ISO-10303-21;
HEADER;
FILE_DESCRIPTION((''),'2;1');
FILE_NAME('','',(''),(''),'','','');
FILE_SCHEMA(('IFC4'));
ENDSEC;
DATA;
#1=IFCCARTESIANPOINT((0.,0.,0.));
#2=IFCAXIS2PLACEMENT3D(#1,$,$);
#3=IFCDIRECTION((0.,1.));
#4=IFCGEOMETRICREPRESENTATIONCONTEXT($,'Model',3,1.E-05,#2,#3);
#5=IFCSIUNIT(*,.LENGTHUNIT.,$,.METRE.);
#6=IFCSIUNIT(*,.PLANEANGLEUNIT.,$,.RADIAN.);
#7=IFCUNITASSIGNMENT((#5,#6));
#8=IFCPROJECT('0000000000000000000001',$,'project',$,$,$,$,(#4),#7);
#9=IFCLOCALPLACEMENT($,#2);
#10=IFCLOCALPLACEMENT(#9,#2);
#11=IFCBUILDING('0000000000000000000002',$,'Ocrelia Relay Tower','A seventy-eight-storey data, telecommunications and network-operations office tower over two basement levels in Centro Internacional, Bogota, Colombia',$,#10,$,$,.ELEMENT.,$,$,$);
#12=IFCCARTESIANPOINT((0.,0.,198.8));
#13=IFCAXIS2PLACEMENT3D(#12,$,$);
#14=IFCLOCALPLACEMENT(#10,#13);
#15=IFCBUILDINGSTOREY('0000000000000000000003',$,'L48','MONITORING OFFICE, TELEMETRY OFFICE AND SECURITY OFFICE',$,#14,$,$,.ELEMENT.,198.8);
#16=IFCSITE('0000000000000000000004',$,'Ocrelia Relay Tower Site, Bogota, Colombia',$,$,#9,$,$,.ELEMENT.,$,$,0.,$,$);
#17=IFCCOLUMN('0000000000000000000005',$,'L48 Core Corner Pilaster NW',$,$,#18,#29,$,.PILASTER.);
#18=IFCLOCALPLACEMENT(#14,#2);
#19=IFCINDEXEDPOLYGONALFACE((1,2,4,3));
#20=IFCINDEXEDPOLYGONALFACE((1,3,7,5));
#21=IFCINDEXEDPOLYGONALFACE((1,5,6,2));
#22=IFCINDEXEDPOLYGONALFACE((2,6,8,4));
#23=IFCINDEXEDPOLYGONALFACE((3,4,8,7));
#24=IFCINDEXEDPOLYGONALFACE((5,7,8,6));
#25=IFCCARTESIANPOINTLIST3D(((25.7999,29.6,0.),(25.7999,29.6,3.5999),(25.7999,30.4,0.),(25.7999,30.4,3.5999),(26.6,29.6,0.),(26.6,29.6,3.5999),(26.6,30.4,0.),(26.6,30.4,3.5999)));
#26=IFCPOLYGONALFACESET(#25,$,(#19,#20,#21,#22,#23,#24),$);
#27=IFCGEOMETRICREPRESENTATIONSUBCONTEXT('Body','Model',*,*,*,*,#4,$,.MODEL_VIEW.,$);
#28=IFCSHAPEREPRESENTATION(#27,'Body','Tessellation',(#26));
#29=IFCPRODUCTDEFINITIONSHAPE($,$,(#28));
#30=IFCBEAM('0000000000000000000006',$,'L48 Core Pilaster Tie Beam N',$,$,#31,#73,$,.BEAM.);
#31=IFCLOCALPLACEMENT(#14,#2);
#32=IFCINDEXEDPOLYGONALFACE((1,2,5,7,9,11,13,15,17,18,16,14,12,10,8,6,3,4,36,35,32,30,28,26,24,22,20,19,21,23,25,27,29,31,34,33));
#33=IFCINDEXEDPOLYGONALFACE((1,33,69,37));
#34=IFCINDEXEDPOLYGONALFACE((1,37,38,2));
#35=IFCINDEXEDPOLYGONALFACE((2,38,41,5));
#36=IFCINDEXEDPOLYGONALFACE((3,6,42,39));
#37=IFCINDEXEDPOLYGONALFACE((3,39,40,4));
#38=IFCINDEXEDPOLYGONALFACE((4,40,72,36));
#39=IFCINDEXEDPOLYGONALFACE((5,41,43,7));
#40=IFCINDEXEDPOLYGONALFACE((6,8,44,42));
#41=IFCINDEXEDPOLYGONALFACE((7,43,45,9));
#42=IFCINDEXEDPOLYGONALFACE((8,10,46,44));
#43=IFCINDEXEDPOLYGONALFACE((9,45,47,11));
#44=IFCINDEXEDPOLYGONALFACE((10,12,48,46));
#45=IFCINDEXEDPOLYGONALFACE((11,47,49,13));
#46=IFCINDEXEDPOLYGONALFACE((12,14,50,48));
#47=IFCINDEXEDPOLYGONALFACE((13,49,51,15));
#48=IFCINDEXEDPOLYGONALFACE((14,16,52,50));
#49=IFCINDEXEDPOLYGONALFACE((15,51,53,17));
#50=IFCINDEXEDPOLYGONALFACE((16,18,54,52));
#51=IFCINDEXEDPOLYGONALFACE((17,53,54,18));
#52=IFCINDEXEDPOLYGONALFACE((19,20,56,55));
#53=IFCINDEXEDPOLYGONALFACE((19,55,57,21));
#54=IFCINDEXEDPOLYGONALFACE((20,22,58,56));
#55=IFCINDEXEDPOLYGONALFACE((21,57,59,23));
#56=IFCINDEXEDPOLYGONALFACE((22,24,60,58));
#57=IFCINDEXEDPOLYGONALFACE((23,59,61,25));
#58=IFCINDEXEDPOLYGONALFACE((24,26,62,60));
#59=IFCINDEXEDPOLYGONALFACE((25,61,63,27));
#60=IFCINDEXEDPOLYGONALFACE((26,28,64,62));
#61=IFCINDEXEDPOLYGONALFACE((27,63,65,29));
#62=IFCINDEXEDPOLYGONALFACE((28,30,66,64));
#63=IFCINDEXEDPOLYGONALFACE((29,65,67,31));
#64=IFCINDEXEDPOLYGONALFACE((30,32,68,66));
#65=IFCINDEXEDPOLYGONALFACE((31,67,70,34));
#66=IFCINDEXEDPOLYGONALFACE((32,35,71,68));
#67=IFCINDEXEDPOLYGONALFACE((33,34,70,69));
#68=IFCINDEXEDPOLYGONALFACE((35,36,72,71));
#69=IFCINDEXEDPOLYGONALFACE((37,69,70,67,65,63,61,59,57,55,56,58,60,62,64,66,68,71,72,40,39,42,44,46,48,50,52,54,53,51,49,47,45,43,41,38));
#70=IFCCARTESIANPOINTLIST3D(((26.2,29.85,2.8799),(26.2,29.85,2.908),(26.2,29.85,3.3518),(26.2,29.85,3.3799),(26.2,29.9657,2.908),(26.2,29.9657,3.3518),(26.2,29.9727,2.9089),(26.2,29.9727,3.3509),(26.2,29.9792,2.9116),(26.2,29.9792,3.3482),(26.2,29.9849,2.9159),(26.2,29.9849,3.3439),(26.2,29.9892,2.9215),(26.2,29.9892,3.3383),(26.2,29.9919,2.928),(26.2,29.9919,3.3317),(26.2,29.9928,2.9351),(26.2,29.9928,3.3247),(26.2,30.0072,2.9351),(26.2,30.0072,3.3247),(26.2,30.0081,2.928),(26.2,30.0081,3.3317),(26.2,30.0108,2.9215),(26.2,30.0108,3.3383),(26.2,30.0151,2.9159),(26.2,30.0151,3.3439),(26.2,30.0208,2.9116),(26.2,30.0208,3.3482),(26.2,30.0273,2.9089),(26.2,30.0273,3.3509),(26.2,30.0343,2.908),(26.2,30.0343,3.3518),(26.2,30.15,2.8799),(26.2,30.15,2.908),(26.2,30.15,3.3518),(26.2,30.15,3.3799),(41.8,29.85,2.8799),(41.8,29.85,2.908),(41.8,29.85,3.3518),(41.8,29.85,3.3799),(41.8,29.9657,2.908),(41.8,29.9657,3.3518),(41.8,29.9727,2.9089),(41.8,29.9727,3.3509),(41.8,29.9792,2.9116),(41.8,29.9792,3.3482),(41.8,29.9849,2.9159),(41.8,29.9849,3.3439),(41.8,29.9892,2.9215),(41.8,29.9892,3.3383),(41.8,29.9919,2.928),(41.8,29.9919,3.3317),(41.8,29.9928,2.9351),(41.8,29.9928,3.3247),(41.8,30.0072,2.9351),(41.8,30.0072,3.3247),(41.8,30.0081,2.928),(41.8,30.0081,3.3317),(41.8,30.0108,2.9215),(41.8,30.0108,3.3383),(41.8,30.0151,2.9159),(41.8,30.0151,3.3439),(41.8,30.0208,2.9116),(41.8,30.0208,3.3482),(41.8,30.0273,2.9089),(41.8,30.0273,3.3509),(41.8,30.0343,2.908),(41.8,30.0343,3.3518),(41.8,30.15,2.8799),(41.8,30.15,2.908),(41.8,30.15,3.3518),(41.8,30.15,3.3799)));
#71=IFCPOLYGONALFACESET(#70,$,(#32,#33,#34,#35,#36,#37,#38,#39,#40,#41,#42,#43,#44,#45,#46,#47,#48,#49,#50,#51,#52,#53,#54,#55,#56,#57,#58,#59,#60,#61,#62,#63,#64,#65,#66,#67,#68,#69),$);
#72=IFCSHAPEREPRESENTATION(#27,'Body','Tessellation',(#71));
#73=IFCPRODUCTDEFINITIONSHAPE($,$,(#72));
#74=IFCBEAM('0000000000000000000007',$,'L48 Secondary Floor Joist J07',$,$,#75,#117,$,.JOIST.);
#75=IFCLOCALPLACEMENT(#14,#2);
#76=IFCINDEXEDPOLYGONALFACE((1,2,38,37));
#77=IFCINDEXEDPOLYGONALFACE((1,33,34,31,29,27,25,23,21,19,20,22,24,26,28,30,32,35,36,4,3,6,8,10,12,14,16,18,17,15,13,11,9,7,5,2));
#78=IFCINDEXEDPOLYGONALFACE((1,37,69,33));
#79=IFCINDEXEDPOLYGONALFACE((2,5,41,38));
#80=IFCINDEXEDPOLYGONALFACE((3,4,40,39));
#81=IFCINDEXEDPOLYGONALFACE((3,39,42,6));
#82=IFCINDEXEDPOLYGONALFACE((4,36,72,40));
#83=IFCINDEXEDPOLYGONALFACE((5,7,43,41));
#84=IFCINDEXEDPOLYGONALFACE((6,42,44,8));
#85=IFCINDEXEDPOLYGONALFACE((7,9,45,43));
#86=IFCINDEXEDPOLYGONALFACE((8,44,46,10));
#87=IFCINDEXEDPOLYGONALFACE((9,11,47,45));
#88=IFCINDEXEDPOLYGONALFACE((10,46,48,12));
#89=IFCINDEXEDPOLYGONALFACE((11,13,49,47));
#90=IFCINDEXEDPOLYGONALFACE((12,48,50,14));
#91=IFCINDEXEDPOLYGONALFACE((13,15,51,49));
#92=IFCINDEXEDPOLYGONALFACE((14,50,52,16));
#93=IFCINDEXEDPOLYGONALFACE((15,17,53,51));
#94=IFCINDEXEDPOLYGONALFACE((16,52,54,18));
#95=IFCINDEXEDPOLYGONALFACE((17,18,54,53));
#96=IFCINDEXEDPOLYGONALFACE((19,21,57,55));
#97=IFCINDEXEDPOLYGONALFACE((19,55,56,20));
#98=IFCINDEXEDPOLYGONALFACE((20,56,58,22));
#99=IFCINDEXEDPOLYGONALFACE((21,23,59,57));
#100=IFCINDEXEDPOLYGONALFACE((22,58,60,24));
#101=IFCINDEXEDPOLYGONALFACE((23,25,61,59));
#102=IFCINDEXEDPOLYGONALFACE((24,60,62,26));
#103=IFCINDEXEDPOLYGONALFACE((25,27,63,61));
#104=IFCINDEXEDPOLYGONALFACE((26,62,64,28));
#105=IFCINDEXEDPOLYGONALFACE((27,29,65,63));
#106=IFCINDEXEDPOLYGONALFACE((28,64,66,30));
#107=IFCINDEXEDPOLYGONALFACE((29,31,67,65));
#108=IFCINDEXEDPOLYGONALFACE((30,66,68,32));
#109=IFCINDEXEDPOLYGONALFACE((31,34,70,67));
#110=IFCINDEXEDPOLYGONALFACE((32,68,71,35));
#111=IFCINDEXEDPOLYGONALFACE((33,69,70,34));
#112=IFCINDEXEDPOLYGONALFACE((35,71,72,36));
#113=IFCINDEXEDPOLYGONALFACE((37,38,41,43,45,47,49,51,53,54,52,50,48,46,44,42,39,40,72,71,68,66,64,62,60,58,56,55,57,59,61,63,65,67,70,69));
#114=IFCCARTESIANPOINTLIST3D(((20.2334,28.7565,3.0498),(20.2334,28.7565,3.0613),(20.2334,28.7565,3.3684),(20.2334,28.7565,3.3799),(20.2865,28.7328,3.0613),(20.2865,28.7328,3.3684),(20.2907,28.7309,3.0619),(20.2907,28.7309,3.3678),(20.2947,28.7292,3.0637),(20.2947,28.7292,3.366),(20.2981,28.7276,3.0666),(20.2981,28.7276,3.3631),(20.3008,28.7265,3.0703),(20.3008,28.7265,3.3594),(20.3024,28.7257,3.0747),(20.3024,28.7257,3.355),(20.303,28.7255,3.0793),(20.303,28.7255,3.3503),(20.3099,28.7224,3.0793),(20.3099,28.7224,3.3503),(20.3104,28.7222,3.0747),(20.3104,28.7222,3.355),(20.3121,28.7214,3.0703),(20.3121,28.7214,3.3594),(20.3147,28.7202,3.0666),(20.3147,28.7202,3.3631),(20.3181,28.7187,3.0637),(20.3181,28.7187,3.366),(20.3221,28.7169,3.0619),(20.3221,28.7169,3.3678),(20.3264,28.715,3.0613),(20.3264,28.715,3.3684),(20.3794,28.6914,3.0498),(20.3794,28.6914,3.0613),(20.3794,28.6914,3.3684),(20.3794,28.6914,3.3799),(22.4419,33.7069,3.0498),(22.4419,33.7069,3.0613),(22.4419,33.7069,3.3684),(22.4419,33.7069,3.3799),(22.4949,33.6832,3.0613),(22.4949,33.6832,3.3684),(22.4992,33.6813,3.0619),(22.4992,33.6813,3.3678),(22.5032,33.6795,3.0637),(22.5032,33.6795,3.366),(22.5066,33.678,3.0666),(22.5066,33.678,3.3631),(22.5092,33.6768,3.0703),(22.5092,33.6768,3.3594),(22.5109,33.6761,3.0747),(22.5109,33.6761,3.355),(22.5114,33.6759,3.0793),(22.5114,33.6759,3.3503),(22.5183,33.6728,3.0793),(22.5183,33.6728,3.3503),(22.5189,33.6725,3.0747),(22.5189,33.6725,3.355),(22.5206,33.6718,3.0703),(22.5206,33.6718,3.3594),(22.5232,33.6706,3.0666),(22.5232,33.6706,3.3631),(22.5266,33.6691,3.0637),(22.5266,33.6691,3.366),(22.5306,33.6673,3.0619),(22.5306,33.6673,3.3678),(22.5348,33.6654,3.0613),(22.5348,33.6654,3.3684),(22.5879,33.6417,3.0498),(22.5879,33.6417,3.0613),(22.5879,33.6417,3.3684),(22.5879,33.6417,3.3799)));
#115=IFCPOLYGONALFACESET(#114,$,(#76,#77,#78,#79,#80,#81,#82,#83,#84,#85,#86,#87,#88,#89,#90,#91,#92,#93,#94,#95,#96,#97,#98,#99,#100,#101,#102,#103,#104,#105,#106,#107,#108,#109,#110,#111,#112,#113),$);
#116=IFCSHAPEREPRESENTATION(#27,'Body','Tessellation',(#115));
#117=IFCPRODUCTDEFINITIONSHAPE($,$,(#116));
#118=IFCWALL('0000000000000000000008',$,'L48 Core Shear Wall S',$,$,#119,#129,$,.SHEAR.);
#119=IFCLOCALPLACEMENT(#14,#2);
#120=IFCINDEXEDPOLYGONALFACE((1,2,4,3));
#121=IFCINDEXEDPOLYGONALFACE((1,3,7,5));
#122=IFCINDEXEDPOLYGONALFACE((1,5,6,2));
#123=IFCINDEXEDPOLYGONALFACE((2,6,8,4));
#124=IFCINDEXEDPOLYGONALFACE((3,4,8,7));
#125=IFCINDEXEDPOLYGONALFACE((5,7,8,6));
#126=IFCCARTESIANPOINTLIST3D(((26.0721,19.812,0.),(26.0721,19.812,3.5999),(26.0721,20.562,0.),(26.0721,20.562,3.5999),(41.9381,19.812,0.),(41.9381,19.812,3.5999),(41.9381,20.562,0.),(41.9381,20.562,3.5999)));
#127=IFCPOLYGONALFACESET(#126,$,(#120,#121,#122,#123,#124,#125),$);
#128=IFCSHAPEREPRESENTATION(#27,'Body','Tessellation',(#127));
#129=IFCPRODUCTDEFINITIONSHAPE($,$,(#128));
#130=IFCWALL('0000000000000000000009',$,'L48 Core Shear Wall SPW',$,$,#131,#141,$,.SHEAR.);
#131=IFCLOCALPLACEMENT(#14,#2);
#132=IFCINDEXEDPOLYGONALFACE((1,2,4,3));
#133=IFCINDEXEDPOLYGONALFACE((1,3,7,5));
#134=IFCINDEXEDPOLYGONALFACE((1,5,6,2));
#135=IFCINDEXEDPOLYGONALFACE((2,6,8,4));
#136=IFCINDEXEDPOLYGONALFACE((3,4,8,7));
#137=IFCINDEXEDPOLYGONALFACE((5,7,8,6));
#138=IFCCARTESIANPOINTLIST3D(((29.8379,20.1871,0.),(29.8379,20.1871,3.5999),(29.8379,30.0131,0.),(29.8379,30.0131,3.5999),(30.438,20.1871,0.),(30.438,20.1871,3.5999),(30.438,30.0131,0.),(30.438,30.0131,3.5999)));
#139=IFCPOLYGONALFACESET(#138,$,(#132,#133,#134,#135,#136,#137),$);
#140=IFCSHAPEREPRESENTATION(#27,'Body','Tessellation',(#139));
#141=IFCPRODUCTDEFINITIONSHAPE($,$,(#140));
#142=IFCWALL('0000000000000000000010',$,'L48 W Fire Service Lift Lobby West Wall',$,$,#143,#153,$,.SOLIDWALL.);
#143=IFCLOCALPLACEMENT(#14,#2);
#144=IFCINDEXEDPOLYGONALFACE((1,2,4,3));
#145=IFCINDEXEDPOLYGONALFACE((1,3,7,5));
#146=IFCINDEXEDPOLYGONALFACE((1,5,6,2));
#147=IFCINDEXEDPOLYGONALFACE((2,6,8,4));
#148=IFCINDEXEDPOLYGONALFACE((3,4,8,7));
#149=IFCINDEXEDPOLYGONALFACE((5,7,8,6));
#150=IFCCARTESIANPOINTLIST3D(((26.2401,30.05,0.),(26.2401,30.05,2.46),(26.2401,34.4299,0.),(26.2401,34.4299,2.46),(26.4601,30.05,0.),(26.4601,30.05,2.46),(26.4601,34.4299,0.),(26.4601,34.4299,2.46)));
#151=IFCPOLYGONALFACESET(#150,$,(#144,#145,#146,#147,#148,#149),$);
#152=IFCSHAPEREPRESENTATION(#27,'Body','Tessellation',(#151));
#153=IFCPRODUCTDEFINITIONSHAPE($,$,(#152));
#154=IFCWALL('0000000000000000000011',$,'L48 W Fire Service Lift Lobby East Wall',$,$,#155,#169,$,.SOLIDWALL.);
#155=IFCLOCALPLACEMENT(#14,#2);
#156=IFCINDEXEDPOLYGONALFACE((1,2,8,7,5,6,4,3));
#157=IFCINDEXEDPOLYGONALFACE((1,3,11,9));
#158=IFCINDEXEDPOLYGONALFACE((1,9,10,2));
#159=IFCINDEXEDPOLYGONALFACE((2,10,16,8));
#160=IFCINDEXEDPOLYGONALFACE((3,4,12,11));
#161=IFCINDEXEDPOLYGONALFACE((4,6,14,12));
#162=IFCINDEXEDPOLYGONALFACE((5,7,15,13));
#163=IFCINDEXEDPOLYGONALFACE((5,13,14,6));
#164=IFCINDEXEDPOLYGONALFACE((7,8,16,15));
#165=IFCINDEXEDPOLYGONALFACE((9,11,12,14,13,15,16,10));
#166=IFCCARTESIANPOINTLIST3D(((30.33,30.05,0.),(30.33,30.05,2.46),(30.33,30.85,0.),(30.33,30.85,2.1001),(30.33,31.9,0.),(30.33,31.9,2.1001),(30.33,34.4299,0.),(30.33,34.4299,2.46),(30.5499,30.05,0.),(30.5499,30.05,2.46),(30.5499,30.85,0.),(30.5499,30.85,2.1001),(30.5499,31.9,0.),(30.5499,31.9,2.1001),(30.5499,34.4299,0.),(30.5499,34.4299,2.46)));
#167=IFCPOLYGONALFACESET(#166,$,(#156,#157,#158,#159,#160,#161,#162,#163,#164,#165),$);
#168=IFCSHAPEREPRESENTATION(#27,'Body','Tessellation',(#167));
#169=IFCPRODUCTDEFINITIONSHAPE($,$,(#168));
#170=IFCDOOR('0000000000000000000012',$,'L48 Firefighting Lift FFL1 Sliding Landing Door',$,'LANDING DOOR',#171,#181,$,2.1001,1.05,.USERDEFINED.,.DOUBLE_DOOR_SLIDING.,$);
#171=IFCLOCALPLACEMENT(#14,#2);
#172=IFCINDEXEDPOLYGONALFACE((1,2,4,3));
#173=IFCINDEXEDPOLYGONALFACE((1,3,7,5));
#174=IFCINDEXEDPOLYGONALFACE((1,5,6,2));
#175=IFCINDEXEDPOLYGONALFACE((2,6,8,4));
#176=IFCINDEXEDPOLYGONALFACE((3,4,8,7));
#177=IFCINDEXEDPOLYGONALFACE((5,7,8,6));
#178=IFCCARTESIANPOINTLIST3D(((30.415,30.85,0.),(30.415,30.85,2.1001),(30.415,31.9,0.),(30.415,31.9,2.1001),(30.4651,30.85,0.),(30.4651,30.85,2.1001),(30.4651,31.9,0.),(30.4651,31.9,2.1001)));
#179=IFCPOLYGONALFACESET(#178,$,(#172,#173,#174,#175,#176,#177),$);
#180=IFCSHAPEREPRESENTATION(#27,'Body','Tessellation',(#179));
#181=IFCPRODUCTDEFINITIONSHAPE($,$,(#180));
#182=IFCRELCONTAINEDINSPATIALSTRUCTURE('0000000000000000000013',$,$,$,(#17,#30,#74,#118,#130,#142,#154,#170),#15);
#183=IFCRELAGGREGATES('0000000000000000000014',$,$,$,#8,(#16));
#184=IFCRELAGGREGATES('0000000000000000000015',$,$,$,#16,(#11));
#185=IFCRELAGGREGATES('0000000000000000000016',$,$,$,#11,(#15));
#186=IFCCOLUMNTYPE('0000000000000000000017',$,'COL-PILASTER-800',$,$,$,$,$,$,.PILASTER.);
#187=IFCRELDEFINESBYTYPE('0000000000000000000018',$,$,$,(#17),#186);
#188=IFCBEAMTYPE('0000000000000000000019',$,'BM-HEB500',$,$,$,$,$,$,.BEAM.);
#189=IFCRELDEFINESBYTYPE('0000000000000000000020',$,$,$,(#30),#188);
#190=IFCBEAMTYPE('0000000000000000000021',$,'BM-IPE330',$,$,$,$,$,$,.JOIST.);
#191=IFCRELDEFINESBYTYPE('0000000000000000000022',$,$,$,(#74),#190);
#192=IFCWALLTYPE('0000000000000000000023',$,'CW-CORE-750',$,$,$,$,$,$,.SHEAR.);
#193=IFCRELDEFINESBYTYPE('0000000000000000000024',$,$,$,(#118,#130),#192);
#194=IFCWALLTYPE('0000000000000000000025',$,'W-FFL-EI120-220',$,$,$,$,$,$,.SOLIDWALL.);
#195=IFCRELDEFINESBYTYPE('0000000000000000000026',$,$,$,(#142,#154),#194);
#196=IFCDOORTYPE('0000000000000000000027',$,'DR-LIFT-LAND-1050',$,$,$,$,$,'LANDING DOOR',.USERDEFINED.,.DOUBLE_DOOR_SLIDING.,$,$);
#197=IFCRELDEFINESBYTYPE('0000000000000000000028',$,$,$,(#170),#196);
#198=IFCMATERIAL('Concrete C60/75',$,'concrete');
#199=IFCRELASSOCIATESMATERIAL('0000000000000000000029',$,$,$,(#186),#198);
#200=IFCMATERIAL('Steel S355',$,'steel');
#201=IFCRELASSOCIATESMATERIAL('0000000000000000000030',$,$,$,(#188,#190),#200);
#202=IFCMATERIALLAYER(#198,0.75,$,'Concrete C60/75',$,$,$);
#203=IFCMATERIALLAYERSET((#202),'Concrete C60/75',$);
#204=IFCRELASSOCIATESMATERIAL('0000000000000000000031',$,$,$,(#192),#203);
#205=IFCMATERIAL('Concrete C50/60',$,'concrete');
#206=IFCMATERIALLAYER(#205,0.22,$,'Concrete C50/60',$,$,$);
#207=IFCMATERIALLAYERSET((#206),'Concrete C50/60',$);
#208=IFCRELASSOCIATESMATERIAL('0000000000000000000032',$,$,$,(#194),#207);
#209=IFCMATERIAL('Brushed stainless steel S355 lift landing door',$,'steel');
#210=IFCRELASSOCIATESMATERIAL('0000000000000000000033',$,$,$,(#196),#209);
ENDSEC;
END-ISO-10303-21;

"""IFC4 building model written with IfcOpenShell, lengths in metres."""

from ifc_helpers import new_model, si_unit, direction, frame, frame_2d, origin, origin_2d, place, context, subcontext, project, spatial, rectangle, i_section, extrude, material, layer, layer_set, material_profile, profile_set, type_object, element, fill, save


model = new_model("IFC4")

# Units and contexts
model_context = context("Model", 3, precision=1e-05, world=origin(), true_north=direction((0.0, 1.0)))
body_context = subcontext(model_context, "Body", "Model", "MODEL_VIEW")
ifc_project = project(units=[si_unit("LENGTHUNIT", "METRE"), si_unit("PLANEANGLEUNIT", "RADIAN")], contexts=[model_context])

# Site, building, storey
site_placement = place(None, origin())
site = spatial("IfcSite", under=ifc_project, at=site_placement, Name="Ocrelia Relay Tower Site, Bogota, Colombia", CompositionType="ELEMENT", RefElevation=0.0)
building_placement = place(site_placement, origin())
building = spatial("IfcBuilding", under=site, at=building_placement, Name="Ocrelia Relay Tower", Description="A seventy-eight-storey data, telecommunications and network-operations office tower over two basement levels in Centro Internacional, Bogota, Colombia", CompositionType="ELEMENT")
storey_placement = place(building_placement, frame((0.0, 0.0, 198.8)))
storey = spatial("IfcBuildingStorey", under=building, at=storey_placement, Name="L48", Description="MONITORING OFFICE, TELEMETRY OFFICE AND SECURITY OFFICE", CompositionType="ELEMENT", Elevation=198.8)

# Column
ifc_material_1 = material(Name="Concrete C60/75", Category="concrete")
ifc_material_profile_1 = material_profile(ifc_material_1, rectangle(XDim=0.8, YDim=0.8, at=origin_2d()), Name="RC-COL-800x800")
ifc_profile_set_1 = profile_set([ifc_material_profile_1], Name="Concrete C60/75")
column_type = type_object("IfcColumnType", Name="COL-PILASTER-800", PredefinedType="PILASTER", material=ifc_profile_set_1)
column_placement = place(storey_placement, frame((26.2, 30.0, 0.0), z_axis=(0.0, 0.0, 1.0), x_axis=(1.0, 0.0, 0.0)))
element("IfcColumn", 1, at=column_placement, inside=storey, type_object=column_type, Name="L48 Core Corner Pilaster NW", PredefinedType="PILASTER", context=body_context, shape_type="SweptSolid", body=[
    extrude(rectangle(XDim=0.8, YDim=0.8, at=origin_2d()), origin(), (0.0, 0.0, 1.0), 3.5999),
])

# Beams
ifc_material_2 = material(Name="Steel S355", Category="steel")
ifc_material_profile_2 = material_profile(ifc_material_2, i_section(OverallWidth=0.3, OverallDepth=0.5, WebThickness=0.0144, FlangeThickness=0.0281, FilletRadius=0.0271, at=origin_2d()), Name="HEB 500")
ifc_profile_set_2 = profile_set([ifc_material_profile_2], Name="Steel S355")
beam_type_1 = type_object("IfcBeamType", Name="BM-HEB500", PredefinedType="BEAM", material=ifc_profile_set_2)
beam_1_placement = place(storey_placement, frame((26.2, 30.0, 3.1299), z_axis=(1.0, 0.0, 0.0), x_axis=(0.0, 1.0, 0.0)))
element("IfcBeam", 2, at=beam_1_placement, inside=storey, type_object=beam_type_1, Name="L48 Core Pilaster Tie Beam N", PredefinedType="BEAM", context=body_context, shape_type="SweptSolid", body=[
    extrude(i_section(OverallWidth=0.3, OverallDepth=0.5, WebThickness=0.0144, FlangeThickness=0.0281, FilletRadius=0.0271, at=origin_2d()), origin(), (0.0, 0.0, 1.0), 15.6001),
])
ifc_material_profile_3 = material_profile(ifc_material_2, i_section(OverallWidth=0.1599, OverallDepth=0.3301, WebThickness=0.0076, FlangeThickness=0.0115, FilletRadius=0.0181, at=origin_2d()), Name="IPE 330")
ifc_profile_set_3 = profile_set([ifc_material_profile_3], Name="Steel S355")
beam_type_2 = type_object("IfcBeamType", Name="BM-IPE330", PredefinedType="JOIST", material=ifc_profile_set_3)
beam_2_placement = place(storey_placement, frame((22.5149, 33.6743, 3.2148), z_axis=(-0.407417, -0.913242, 0.0), x_axis=(0.913242, -0.407417, 0.0)))
element("IfcBeam", 3, at=beam_2_placement, inside=storey, type_object=beam_type_2, Name="L48 Secondary Floor Joist J07", PredefinedType="JOIST", context=body_context, shape_type="SweptSolid", body=[
    extrude(i_section(OverallWidth=0.1599, OverallDepth=0.3301, WebThickness=0.0076, FlangeThickness=0.0115, FilletRadius=0.0181, at=origin_2d()), origin(), (0.0, 0.0, 1.0), 5.4207),
])

# Wall
ifc_layer_1 = layer(ifc_material_1, 0.75, Name="Concrete C60/75")
ifc_layer_set_1 = layer_set([ifc_layer_1], Name="Concrete C60/75")
wall_type_1 = type_object("IfcWallType", Name="CW-CORE-750", PredefinedType="SHEAR", material=ifc_layer_set_1)
wall_1_placement = place(storey_placement, frame((26.072, 20.187, 0.0), z_axis=(0.0, 0.0, 1.0), x_axis=(1.0, 0.0, 0.0)))
element("IfcWall", 4, at=wall_1_placement, inside=storey, type_object=wall_type_1, Name="L48 Core Shear Wall S", PredefinedType="SHEAR", context=body_context, shape_type="SweptSolid", body=[
    extrude(rectangle(XDim=15.866, YDim=0.75, at=frame_2d((7.9331, 0.0))), origin(), (0.0, 0.0, 1.0), 3.5999),
])

# Wall
wall_2_placement = place(storey_placement, frame((30.1379, 20.187, 0.0), z_axis=(0.0, 0.0, 1.0), x_axis=(0.0, 1.0, 0.0)))
element("IfcWall", 5, at=wall_2_placement, inside=storey, type_object=wall_type_1, Name="L48 Core Shear Wall SPW", PredefinedType="SHEAR", context=body_context, shape_type="SweptSolid", body=[
    extrude(rectangle(XDim=9.8259, YDim=0.6001, at=frame_2d((4.9131, 0.0))), origin(), (0.0, 0.0, 1.0), 3.5999),
])

# Wall
ifc_material_3 = material(Name="Concrete C50/60", Category="concrete")
ifc_layer_2 = layer(ifc_material_3, 0.22, Name="Concrete C50/60")
ifc_layer_set_2 = layer_set([ifc_layer_2], Name="Concrete C50/60")
wall_type_2 = type_object("IfcWallType", Name="W-FFL-EI120-220", PredefinedType="SOLIDWALL", material=ifc_layer_set_2)
wall_3_placement = place(storey_placement, frame((26.3501, 30.05, 0.0), z_axis=(0.0, 0.0, 1.0), x_axis=(0.0, 1.0, 0.0)))
element("IfcWall", 6, at=wall_3_placement, inside=storey, type_object=wall_type_2, Name="L48 W Fire Service Lift Lobby West Wall", PredefinedType="SOLIDWALL", context=body_context, shape_type="SweptSolid", body=[
    extrude(rectangle(XDim=4.3799, YDim=0.22, at=frame_2d((2.1899, 0.0))), origin(), (0.0, 0.0, 1.0), 2.46),
])

# Wall, opening, door
wall_4_placement = place(storey_placement, frame((30.4399, 30.05, 0.0), z_axis=(0.0, 0.0, 1.0), x_axis=(0.0, 1.0, 0.0)))
wall_4 = element("IfcWall", 7, at=wall_4_placement, inside=storey, type_object=wall_type_2, Name="L48 W Fire Service Lift Lobby East Wall", PredefinedType="SOLIDWALL", context=body_context, shape_type="SweptSolid", body=[
    extrude(rectangle(XDim=4.3799, YDim=0.22, at=frame_2d((2.1899, 0.0))), origin(), (0.0, 0.0, 1.0), 2.46),
])
opening_1_placement = place(wall_4_placement, frame((0.8, 0.0, 0.0)))
opening_1 = element("IfcOpeningElement", 8, at=opening_1_placement, cuts=wall_4, PredefinedType="OPENING", context=body_context, shape_type="SweptSolid", body=[
    extrude(rectangle(XDim=1.05, YDim=2.1001, at=frame_2d((0.5249, 1.05))), frame((0.0, 0.1201, 0.0), z_axis=(0.0, -1.0, 0.0), x_axis=(1.0, 0.0, 0.0)), (0.0, 0.0, 1.0), 0.24),
])
ifc_material_4 = material(Name="Brushed stainless steel S355 lift landing door", Category="steel")
door_type_1 = type_object("IfcDoorType", Name="DR-LIFT-LAND-1050", ElementType="LANDING DOOR", OperationType="DOUBLE_DOOR_SLIDING", PredefinedType="USERDEFINED", material=ifc_material_4)
door_1_placement = place(opening_1_placement, origin())
door_1 = element("IfcDoor", 9, at=door_1_placement, inside=storey, type_object=door_type_1, Name="L48 Firefighting Lift FFL1 Sliding Landing Door", ObjectType="LANDING DOOR", OperationType="DOUBLE_DOOR_SLIDING", OverallHeight=2.1001, OverallWidth=1.05, PredefinedType="USERDEFINED", context=body_context, shape_type="SweptSolid", body=[
    extrude(rectangle(XDim=1.05, YDim=2.1001, at=frame_2d((0.5249, 1.05))), frame((0.0, 0.0249, 0.0), z_axis=(0.0, -1.0, 0.0), x_axis=(1.0, 0.0, 0.0)), (0.0, 0.0, 1.0), 0.05),
])
fill(opening_1, door_1)

save(model, "model.ifc")
